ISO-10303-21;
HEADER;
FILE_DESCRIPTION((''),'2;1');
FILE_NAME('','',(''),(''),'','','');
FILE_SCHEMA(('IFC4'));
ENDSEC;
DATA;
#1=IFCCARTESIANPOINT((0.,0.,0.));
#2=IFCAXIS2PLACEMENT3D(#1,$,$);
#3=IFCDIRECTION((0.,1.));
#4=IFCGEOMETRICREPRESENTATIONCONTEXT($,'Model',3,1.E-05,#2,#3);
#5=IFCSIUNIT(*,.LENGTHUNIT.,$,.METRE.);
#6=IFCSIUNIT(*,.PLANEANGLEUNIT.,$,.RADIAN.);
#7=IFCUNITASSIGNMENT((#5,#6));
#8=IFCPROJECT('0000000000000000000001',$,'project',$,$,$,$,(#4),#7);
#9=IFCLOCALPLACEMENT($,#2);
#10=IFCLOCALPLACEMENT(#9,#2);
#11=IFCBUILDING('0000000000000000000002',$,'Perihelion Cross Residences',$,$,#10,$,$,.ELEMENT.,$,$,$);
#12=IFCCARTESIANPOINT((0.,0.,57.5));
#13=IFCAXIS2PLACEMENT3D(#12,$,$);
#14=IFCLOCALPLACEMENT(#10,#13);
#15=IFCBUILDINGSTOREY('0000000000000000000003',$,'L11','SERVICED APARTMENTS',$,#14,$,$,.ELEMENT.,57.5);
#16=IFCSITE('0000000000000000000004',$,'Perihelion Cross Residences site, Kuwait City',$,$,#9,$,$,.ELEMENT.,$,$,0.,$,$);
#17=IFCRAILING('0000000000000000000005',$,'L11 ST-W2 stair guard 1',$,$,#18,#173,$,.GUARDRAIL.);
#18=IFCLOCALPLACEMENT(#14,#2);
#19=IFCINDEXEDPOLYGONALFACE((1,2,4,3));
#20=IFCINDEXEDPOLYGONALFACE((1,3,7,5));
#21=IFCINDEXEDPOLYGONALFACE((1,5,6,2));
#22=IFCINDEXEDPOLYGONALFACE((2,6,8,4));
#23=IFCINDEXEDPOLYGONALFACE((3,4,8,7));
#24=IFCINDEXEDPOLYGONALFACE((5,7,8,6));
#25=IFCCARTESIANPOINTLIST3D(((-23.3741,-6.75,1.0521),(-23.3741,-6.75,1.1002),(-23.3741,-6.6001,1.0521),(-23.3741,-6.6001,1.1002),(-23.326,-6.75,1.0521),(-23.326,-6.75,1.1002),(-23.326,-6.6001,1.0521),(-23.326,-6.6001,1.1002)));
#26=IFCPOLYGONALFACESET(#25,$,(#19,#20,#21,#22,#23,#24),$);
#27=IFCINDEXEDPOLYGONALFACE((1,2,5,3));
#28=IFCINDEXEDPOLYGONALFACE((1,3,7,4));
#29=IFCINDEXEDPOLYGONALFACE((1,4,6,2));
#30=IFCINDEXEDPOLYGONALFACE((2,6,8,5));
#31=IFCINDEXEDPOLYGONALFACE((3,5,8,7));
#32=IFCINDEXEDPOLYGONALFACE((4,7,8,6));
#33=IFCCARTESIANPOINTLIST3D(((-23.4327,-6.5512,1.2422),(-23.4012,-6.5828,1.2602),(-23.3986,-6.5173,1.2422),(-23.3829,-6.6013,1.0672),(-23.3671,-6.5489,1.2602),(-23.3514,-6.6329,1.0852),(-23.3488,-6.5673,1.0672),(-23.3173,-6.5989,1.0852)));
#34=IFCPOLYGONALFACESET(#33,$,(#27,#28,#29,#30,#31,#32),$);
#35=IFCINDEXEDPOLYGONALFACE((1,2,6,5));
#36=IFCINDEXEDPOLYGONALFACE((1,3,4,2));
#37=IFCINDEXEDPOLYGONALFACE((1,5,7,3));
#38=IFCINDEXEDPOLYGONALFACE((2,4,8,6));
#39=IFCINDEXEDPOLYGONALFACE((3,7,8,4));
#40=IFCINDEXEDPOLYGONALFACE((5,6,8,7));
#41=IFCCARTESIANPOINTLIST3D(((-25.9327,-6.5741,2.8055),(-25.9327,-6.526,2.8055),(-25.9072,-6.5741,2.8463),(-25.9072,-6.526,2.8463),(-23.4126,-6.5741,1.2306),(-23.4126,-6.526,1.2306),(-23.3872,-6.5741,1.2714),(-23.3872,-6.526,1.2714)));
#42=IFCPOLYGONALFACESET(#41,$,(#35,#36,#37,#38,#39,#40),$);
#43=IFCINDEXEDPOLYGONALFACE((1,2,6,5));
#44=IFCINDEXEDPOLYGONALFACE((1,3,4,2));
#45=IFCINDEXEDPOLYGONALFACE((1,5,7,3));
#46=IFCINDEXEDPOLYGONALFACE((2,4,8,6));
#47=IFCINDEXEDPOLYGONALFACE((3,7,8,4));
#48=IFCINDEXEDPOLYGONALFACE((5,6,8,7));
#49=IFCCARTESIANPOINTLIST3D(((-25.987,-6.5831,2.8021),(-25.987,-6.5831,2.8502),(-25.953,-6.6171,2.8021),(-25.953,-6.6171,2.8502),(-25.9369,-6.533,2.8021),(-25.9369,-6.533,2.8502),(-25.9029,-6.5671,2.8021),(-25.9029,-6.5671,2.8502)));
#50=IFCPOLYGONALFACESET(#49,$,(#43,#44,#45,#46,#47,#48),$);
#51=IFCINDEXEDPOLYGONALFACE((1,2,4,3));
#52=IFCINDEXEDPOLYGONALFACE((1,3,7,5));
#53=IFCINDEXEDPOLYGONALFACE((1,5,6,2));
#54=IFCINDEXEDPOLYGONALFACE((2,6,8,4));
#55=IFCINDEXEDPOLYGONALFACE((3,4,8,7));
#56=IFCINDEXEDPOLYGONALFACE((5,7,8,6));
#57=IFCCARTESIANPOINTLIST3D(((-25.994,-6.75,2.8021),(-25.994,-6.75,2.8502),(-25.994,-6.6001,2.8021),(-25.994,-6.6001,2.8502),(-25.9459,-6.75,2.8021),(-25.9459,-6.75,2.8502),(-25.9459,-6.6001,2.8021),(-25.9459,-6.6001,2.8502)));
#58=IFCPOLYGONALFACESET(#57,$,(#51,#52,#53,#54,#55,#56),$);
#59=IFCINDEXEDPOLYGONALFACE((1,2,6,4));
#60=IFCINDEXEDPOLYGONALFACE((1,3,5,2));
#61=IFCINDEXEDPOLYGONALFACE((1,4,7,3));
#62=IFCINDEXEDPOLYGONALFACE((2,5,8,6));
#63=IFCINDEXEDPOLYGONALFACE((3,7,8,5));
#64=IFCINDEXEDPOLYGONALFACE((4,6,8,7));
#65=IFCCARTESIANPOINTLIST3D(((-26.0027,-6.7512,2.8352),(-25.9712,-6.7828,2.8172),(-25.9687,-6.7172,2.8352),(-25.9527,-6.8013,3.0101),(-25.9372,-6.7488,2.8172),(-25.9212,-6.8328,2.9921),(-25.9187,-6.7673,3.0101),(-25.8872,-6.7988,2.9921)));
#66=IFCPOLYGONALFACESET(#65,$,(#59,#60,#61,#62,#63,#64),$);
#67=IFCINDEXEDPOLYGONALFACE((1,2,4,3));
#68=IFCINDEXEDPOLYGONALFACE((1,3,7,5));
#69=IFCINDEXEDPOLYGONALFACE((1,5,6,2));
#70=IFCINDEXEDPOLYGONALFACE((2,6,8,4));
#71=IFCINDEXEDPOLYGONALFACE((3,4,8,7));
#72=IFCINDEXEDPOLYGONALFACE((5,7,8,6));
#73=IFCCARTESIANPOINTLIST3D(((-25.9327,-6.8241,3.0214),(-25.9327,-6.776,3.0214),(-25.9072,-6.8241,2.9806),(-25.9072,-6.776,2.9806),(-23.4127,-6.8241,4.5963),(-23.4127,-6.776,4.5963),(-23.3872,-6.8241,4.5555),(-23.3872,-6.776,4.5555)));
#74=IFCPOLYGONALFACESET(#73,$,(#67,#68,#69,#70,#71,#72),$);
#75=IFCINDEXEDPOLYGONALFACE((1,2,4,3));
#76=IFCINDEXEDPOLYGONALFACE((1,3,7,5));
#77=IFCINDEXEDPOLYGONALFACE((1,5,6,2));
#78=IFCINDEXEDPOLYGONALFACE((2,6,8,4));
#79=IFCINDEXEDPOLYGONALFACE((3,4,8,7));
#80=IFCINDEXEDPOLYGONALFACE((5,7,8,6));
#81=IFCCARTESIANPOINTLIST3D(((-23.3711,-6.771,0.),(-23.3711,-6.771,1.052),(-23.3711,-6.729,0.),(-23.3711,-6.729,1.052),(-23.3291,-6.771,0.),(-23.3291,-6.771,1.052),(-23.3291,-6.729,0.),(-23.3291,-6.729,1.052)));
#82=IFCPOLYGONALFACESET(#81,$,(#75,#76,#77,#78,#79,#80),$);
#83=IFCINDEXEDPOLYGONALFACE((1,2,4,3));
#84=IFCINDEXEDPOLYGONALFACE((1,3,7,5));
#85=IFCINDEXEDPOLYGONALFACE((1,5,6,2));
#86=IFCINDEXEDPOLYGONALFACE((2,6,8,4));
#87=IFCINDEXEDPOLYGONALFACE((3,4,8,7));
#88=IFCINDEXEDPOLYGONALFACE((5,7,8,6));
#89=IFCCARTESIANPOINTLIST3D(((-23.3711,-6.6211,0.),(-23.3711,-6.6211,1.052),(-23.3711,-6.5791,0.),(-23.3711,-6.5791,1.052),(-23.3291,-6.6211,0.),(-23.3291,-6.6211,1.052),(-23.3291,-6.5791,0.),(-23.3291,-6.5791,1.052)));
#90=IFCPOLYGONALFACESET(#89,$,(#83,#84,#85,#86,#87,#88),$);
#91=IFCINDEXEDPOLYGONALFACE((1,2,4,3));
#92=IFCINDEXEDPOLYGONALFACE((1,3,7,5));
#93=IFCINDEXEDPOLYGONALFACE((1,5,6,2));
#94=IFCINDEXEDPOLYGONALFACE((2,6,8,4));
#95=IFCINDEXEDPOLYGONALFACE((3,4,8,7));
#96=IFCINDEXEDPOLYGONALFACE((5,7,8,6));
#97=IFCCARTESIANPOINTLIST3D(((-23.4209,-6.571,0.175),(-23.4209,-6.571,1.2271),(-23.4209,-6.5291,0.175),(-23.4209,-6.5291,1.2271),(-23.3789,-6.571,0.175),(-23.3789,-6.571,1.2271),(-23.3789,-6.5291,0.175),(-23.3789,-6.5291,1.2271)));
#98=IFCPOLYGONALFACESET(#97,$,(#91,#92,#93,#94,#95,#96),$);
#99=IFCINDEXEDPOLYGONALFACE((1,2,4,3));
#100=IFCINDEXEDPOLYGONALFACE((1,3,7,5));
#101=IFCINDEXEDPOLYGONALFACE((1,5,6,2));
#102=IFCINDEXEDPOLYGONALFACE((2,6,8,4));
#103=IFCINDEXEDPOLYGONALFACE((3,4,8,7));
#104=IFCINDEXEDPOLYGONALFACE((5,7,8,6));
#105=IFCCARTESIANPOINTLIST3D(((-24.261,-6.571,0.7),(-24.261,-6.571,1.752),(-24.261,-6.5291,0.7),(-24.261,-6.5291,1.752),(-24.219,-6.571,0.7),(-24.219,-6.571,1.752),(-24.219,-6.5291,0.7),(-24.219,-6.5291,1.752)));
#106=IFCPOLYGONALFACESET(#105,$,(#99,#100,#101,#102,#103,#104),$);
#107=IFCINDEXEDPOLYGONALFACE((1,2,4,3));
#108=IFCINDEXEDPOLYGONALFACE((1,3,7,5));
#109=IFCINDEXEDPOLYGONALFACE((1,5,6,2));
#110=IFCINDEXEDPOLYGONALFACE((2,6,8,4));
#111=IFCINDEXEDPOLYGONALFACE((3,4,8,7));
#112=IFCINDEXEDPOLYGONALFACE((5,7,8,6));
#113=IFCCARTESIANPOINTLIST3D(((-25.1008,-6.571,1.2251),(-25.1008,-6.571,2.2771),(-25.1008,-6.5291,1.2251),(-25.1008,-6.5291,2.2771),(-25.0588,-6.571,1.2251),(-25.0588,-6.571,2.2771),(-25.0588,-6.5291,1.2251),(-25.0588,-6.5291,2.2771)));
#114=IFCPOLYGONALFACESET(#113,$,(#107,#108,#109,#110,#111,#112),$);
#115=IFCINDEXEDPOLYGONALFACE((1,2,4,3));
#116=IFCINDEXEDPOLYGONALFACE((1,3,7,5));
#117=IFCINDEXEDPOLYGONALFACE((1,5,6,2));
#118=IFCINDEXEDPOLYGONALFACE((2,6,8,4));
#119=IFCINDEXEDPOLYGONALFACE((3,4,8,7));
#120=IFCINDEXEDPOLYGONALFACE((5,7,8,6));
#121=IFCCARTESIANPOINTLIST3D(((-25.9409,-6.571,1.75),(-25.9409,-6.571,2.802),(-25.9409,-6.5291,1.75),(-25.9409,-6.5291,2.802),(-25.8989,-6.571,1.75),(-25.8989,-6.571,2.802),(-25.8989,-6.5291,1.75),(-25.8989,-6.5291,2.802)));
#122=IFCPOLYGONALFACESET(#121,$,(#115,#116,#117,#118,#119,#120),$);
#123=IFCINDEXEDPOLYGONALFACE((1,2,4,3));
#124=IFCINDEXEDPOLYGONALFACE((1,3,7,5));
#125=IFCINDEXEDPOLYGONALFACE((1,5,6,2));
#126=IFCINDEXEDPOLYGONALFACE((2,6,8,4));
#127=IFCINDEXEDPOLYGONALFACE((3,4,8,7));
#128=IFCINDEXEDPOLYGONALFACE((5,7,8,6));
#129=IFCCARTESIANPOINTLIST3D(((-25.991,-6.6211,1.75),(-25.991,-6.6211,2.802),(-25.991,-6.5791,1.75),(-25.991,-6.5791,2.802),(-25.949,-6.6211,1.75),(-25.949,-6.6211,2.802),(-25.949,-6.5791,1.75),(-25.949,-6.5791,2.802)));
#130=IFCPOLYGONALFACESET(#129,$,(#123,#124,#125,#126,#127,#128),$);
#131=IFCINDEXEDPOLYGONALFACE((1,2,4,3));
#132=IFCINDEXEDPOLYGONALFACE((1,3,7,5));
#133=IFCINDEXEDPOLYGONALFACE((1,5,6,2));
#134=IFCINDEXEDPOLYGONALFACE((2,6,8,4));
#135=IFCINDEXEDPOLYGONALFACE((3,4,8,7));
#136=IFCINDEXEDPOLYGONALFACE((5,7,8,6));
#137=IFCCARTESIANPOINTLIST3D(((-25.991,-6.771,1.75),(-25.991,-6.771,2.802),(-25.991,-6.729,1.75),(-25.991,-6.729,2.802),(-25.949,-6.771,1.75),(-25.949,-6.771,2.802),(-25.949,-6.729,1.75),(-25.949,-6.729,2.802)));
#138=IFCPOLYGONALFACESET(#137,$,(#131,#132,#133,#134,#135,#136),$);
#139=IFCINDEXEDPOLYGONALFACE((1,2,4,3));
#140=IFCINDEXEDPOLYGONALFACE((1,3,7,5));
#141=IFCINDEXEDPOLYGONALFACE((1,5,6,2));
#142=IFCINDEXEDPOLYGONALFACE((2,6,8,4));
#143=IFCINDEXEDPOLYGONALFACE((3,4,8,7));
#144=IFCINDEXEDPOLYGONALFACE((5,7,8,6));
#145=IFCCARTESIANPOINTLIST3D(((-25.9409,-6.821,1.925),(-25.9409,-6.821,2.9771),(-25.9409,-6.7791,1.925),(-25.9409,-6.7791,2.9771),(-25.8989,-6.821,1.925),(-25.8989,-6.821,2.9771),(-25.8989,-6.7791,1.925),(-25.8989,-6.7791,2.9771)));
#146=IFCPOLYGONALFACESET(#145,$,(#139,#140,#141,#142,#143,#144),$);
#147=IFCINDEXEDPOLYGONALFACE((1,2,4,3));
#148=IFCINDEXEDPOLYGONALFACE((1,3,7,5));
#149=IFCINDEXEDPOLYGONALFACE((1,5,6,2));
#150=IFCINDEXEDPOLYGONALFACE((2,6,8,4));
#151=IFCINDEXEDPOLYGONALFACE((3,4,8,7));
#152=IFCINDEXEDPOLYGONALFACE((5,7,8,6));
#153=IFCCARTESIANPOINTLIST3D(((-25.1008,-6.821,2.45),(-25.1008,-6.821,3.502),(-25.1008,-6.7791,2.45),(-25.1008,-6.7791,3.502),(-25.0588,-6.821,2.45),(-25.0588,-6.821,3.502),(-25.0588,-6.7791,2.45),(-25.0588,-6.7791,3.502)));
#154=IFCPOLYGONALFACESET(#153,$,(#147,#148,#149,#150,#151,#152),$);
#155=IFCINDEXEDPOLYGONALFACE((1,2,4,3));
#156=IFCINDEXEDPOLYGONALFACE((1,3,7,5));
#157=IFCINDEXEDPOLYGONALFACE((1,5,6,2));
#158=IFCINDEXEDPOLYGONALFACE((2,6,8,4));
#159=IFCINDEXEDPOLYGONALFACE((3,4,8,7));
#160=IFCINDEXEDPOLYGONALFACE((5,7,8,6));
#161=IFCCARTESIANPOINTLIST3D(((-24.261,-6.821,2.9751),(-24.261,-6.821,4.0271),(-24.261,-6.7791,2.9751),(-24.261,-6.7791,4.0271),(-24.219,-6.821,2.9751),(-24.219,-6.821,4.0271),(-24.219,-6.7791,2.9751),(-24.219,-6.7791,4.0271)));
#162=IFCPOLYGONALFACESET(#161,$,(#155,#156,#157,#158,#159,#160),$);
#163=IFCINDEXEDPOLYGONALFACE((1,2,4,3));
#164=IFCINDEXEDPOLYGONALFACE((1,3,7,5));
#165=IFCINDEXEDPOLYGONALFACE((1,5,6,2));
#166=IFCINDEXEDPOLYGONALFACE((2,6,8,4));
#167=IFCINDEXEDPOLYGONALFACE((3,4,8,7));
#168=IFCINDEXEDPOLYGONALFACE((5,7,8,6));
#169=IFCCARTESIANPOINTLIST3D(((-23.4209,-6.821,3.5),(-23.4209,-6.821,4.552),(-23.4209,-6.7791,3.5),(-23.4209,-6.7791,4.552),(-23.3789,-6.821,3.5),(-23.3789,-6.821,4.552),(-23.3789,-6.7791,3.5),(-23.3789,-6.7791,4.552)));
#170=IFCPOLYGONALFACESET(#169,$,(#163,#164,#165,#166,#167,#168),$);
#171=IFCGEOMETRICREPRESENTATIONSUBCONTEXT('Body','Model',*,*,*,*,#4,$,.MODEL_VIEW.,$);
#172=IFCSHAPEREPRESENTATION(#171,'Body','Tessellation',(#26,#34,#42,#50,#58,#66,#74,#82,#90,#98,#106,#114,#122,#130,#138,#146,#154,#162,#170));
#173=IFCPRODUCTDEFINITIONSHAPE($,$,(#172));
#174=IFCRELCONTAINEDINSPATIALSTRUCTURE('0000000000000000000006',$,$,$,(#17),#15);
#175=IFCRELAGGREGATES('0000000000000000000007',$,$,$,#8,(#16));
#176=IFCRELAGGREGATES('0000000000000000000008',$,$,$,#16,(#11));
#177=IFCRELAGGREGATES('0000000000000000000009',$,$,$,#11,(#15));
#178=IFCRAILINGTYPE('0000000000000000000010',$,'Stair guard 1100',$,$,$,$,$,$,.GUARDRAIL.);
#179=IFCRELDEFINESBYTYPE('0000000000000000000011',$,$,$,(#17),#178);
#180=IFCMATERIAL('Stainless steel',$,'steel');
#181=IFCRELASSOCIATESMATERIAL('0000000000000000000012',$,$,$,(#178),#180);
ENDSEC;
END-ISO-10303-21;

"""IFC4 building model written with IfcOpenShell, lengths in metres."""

from ifc_helpers import new_model, si_unit, direction, frame, origin, origin_2d, place, context, subcontext, project, spatial, rectangle, extrude, material, type_object, element, save


model = new_model("IFC4")

# Units and contexts
model_context = context("Model", 3, precision=1e-05, world=origin(), true_north=direction((0.0, 1.0)))
body_context = subcontext(model_context, "Body", "Model", "MODEL_VIEW")
ifc_project = project(units=[si_unit("LENGTHUNIT", "METRE"), si_unit("PLANEANGLEUNIT", "RADIAN")], contexts=[model_context])

# Site, building, storey
site_placement = place(None, origin())
site = spatial("IfcSite", under=ifc_project, at=site_placement, Name="Perihelion Cross Residences site, Kuwait City", CompositionType="ELEMENT", RefElevation=0.0)
building_placement = place(site_placement, origin())
building = spatial("IfcBuilding", under=site, at=building_placement, Name="Perihelion Cross Residences", CompositionType="ELEMENT")
storey_placement = place(building_placement, frame((0.0, 0.0, 57.5)))
storey = spatial("IfcBuildingStorey", under=building, at=storey_placement, Name="L11", Description="SERVICED APARTMENTS", CompositionType="ELEMENT", Elevation=57.5)

# Railing
ifc_material_1 = material(Name="Stainless steel", Category="steel")
railing_type_1 = type_object("IfcRailingType", Name="Stair guard 1100", PredefinedType="GUARDRAIL", material=ifc_material_1)
railing_1_placement = place(storey_placement, frame((-23.3501, -6.75, 0.0)))
element("IfcRailing", 1, at=railing_1_placement, inside=storey, type_object=railing_type_1, Name="L11 ST-W2 stair guard 1", PredefinedType="GUARDRAIL", context=body_context, shape_type="SweptSolid", body=[
    extrude(rectangle(XDim=0.0481, YDim=0.0481, at=origin_2d()), frame((0.0, 0.0, 1.0762), z_axis=(0.0, 1.0, 0.0), x_axis=(-1.0, 0.0, 0.0)), (0.0, 0.0, 1.0), 0.1499),
    extrude(rectangle(XDim=0.0481, YDim=0.0481, at=origin_2d()), frame((0.0, 0.1499, 1.0762), z_axis=(-0.263862, 0.265156, 0.927399), x_axis=(-0.708834, -0.705376, 0.0)), (0.0, 0.0, 1.0), 0.1887),
    extrude(rectangle(XDim=0.0481, YDim=0.0481, at=origin_2d()), frame((-0.0498, 0.2, 1.251), z_axis=(-0.848008, 0.0, 0.529984), x_axis=(0.0, -1.0, 0.0)), (0.0, 0.0, 1.0), 2.9717),
    extrude(rectangle(XDim=0.0481, YDim=0.0481, at=origin_2d()), frame((-2.5698, 0.2, 2.8262), z_axis=(-0.707107, -0.707107, 0.0), x_axis=(0.707107, -0.707107, 0.0)), (0.0, 0.0, 1.0), 0.0708),
    extrude(rectangle(XDim=0.0481, YDim=0.0481, at=origin_2d()), frame((-2.6199, 0.1499, 2.8262), z_axis=(0.0, -1.0, 0.0), x_axis=(1.0, 0.0, 0.0)), (0.0, 0.0, 1.0), 0.1499),
    extrude(rectangle(XDim=0.0481, YDim=0.0481, at=origin_2d()), frame((-2.6199, 0.0, 2.8262), z_axis=(0.265065, -0.265065, 0.927082), x_axis=(0.707107, 0.707107, 0.0)), (0.0, 0.0, 1.0), 0.1887),
    extrude(rectangle(XDim=0.0481, YDim=0.0481, at=origin_2d()), frame((-2.5698, -0.05, 3.001), z_axis=(0.848008, 0.0, 0.529984), x_axis=(0.0, 1.0, 0.0)), (0.0, 0.0, 1.0), 2.9717),
    extrude(rectangle(XDim=0.042, YDim=0.042, at=origin_2d()), origin(), (0.0, 0.0, 1.0), 1.052),
    extrude(rectangle(XDim=0.042, YDim=0.042, at=origin_2d()), frame((0.0, 0.1499, 0.0)), (0.0, 0.0, 1.0), 1.052),
    extrude(rectangle(XDim=0.042, YDim=0.042, at=origin_2d()), frame((-0.0498, 0.2, 0.175)), (0.0, 0.0, 1.0), 1.052),
    extrude(rectangle(XDim=0.042, YDim=0.042, at=origin_2d()), frame((-0.8899, 0.2, 0.7)), (0.0, 0.0, 1.0), 1.052),
    extrude(rectangle(XDim=0.042, YDim=0.042, at=origin_2d()), frame((-1.7297, 0.2, 1.2251)), (0.0, 0.0, 1.0), 1.052),
    extrude(rectangle(XDim=0.042, YDim=0.042, at=origin_2d()), frame((-2.5698, 0.2, 1.75)), (0.0, 0.0, 1.0), 1.052),
    extrude(rectangle(XDim=0.042, YDim=0.042, at=origin_2d()), frame((-2.6199, 0.1499, 1.75)), (0.0, 0.0, 1.0), 1.052),
    extrude(rectangle(XDim=0.042, YDim=0.042, at=origin_2d()), frame((-2.6199, 0.0, 1.75)), (0.0, 0.0, 1.0), 1.052),
    extrude(rectangle(XDim=0.042, YDim=0.042, at=origin_2d()), frame((-2.5698, -0.05, 1.925)), (0.0, 0.0, 1.0), 1.052),
    extrude(rectangle(XDim=0.042, YDim=0.042, at=origin_2d()), frame((-1.7297, -0.05, 2.45)), (0.0, 0.0, 1.0), 1.052),
    extrude(rectangle(XDim=0.042, YDim=0.042, at=origin_2d()), frame((-0.8899, -0.05, 2.9751)), (0.0, 0.0, 1.0), 1.052),
    extrude(rectangle(XDim=0.042, YDim=0.042, at=origin_2d()), frame((-0.0498, -0.05, 3.5)), (0.0, 0.0, 1.0), 1.052),
])

save(model, "model.ifc")
